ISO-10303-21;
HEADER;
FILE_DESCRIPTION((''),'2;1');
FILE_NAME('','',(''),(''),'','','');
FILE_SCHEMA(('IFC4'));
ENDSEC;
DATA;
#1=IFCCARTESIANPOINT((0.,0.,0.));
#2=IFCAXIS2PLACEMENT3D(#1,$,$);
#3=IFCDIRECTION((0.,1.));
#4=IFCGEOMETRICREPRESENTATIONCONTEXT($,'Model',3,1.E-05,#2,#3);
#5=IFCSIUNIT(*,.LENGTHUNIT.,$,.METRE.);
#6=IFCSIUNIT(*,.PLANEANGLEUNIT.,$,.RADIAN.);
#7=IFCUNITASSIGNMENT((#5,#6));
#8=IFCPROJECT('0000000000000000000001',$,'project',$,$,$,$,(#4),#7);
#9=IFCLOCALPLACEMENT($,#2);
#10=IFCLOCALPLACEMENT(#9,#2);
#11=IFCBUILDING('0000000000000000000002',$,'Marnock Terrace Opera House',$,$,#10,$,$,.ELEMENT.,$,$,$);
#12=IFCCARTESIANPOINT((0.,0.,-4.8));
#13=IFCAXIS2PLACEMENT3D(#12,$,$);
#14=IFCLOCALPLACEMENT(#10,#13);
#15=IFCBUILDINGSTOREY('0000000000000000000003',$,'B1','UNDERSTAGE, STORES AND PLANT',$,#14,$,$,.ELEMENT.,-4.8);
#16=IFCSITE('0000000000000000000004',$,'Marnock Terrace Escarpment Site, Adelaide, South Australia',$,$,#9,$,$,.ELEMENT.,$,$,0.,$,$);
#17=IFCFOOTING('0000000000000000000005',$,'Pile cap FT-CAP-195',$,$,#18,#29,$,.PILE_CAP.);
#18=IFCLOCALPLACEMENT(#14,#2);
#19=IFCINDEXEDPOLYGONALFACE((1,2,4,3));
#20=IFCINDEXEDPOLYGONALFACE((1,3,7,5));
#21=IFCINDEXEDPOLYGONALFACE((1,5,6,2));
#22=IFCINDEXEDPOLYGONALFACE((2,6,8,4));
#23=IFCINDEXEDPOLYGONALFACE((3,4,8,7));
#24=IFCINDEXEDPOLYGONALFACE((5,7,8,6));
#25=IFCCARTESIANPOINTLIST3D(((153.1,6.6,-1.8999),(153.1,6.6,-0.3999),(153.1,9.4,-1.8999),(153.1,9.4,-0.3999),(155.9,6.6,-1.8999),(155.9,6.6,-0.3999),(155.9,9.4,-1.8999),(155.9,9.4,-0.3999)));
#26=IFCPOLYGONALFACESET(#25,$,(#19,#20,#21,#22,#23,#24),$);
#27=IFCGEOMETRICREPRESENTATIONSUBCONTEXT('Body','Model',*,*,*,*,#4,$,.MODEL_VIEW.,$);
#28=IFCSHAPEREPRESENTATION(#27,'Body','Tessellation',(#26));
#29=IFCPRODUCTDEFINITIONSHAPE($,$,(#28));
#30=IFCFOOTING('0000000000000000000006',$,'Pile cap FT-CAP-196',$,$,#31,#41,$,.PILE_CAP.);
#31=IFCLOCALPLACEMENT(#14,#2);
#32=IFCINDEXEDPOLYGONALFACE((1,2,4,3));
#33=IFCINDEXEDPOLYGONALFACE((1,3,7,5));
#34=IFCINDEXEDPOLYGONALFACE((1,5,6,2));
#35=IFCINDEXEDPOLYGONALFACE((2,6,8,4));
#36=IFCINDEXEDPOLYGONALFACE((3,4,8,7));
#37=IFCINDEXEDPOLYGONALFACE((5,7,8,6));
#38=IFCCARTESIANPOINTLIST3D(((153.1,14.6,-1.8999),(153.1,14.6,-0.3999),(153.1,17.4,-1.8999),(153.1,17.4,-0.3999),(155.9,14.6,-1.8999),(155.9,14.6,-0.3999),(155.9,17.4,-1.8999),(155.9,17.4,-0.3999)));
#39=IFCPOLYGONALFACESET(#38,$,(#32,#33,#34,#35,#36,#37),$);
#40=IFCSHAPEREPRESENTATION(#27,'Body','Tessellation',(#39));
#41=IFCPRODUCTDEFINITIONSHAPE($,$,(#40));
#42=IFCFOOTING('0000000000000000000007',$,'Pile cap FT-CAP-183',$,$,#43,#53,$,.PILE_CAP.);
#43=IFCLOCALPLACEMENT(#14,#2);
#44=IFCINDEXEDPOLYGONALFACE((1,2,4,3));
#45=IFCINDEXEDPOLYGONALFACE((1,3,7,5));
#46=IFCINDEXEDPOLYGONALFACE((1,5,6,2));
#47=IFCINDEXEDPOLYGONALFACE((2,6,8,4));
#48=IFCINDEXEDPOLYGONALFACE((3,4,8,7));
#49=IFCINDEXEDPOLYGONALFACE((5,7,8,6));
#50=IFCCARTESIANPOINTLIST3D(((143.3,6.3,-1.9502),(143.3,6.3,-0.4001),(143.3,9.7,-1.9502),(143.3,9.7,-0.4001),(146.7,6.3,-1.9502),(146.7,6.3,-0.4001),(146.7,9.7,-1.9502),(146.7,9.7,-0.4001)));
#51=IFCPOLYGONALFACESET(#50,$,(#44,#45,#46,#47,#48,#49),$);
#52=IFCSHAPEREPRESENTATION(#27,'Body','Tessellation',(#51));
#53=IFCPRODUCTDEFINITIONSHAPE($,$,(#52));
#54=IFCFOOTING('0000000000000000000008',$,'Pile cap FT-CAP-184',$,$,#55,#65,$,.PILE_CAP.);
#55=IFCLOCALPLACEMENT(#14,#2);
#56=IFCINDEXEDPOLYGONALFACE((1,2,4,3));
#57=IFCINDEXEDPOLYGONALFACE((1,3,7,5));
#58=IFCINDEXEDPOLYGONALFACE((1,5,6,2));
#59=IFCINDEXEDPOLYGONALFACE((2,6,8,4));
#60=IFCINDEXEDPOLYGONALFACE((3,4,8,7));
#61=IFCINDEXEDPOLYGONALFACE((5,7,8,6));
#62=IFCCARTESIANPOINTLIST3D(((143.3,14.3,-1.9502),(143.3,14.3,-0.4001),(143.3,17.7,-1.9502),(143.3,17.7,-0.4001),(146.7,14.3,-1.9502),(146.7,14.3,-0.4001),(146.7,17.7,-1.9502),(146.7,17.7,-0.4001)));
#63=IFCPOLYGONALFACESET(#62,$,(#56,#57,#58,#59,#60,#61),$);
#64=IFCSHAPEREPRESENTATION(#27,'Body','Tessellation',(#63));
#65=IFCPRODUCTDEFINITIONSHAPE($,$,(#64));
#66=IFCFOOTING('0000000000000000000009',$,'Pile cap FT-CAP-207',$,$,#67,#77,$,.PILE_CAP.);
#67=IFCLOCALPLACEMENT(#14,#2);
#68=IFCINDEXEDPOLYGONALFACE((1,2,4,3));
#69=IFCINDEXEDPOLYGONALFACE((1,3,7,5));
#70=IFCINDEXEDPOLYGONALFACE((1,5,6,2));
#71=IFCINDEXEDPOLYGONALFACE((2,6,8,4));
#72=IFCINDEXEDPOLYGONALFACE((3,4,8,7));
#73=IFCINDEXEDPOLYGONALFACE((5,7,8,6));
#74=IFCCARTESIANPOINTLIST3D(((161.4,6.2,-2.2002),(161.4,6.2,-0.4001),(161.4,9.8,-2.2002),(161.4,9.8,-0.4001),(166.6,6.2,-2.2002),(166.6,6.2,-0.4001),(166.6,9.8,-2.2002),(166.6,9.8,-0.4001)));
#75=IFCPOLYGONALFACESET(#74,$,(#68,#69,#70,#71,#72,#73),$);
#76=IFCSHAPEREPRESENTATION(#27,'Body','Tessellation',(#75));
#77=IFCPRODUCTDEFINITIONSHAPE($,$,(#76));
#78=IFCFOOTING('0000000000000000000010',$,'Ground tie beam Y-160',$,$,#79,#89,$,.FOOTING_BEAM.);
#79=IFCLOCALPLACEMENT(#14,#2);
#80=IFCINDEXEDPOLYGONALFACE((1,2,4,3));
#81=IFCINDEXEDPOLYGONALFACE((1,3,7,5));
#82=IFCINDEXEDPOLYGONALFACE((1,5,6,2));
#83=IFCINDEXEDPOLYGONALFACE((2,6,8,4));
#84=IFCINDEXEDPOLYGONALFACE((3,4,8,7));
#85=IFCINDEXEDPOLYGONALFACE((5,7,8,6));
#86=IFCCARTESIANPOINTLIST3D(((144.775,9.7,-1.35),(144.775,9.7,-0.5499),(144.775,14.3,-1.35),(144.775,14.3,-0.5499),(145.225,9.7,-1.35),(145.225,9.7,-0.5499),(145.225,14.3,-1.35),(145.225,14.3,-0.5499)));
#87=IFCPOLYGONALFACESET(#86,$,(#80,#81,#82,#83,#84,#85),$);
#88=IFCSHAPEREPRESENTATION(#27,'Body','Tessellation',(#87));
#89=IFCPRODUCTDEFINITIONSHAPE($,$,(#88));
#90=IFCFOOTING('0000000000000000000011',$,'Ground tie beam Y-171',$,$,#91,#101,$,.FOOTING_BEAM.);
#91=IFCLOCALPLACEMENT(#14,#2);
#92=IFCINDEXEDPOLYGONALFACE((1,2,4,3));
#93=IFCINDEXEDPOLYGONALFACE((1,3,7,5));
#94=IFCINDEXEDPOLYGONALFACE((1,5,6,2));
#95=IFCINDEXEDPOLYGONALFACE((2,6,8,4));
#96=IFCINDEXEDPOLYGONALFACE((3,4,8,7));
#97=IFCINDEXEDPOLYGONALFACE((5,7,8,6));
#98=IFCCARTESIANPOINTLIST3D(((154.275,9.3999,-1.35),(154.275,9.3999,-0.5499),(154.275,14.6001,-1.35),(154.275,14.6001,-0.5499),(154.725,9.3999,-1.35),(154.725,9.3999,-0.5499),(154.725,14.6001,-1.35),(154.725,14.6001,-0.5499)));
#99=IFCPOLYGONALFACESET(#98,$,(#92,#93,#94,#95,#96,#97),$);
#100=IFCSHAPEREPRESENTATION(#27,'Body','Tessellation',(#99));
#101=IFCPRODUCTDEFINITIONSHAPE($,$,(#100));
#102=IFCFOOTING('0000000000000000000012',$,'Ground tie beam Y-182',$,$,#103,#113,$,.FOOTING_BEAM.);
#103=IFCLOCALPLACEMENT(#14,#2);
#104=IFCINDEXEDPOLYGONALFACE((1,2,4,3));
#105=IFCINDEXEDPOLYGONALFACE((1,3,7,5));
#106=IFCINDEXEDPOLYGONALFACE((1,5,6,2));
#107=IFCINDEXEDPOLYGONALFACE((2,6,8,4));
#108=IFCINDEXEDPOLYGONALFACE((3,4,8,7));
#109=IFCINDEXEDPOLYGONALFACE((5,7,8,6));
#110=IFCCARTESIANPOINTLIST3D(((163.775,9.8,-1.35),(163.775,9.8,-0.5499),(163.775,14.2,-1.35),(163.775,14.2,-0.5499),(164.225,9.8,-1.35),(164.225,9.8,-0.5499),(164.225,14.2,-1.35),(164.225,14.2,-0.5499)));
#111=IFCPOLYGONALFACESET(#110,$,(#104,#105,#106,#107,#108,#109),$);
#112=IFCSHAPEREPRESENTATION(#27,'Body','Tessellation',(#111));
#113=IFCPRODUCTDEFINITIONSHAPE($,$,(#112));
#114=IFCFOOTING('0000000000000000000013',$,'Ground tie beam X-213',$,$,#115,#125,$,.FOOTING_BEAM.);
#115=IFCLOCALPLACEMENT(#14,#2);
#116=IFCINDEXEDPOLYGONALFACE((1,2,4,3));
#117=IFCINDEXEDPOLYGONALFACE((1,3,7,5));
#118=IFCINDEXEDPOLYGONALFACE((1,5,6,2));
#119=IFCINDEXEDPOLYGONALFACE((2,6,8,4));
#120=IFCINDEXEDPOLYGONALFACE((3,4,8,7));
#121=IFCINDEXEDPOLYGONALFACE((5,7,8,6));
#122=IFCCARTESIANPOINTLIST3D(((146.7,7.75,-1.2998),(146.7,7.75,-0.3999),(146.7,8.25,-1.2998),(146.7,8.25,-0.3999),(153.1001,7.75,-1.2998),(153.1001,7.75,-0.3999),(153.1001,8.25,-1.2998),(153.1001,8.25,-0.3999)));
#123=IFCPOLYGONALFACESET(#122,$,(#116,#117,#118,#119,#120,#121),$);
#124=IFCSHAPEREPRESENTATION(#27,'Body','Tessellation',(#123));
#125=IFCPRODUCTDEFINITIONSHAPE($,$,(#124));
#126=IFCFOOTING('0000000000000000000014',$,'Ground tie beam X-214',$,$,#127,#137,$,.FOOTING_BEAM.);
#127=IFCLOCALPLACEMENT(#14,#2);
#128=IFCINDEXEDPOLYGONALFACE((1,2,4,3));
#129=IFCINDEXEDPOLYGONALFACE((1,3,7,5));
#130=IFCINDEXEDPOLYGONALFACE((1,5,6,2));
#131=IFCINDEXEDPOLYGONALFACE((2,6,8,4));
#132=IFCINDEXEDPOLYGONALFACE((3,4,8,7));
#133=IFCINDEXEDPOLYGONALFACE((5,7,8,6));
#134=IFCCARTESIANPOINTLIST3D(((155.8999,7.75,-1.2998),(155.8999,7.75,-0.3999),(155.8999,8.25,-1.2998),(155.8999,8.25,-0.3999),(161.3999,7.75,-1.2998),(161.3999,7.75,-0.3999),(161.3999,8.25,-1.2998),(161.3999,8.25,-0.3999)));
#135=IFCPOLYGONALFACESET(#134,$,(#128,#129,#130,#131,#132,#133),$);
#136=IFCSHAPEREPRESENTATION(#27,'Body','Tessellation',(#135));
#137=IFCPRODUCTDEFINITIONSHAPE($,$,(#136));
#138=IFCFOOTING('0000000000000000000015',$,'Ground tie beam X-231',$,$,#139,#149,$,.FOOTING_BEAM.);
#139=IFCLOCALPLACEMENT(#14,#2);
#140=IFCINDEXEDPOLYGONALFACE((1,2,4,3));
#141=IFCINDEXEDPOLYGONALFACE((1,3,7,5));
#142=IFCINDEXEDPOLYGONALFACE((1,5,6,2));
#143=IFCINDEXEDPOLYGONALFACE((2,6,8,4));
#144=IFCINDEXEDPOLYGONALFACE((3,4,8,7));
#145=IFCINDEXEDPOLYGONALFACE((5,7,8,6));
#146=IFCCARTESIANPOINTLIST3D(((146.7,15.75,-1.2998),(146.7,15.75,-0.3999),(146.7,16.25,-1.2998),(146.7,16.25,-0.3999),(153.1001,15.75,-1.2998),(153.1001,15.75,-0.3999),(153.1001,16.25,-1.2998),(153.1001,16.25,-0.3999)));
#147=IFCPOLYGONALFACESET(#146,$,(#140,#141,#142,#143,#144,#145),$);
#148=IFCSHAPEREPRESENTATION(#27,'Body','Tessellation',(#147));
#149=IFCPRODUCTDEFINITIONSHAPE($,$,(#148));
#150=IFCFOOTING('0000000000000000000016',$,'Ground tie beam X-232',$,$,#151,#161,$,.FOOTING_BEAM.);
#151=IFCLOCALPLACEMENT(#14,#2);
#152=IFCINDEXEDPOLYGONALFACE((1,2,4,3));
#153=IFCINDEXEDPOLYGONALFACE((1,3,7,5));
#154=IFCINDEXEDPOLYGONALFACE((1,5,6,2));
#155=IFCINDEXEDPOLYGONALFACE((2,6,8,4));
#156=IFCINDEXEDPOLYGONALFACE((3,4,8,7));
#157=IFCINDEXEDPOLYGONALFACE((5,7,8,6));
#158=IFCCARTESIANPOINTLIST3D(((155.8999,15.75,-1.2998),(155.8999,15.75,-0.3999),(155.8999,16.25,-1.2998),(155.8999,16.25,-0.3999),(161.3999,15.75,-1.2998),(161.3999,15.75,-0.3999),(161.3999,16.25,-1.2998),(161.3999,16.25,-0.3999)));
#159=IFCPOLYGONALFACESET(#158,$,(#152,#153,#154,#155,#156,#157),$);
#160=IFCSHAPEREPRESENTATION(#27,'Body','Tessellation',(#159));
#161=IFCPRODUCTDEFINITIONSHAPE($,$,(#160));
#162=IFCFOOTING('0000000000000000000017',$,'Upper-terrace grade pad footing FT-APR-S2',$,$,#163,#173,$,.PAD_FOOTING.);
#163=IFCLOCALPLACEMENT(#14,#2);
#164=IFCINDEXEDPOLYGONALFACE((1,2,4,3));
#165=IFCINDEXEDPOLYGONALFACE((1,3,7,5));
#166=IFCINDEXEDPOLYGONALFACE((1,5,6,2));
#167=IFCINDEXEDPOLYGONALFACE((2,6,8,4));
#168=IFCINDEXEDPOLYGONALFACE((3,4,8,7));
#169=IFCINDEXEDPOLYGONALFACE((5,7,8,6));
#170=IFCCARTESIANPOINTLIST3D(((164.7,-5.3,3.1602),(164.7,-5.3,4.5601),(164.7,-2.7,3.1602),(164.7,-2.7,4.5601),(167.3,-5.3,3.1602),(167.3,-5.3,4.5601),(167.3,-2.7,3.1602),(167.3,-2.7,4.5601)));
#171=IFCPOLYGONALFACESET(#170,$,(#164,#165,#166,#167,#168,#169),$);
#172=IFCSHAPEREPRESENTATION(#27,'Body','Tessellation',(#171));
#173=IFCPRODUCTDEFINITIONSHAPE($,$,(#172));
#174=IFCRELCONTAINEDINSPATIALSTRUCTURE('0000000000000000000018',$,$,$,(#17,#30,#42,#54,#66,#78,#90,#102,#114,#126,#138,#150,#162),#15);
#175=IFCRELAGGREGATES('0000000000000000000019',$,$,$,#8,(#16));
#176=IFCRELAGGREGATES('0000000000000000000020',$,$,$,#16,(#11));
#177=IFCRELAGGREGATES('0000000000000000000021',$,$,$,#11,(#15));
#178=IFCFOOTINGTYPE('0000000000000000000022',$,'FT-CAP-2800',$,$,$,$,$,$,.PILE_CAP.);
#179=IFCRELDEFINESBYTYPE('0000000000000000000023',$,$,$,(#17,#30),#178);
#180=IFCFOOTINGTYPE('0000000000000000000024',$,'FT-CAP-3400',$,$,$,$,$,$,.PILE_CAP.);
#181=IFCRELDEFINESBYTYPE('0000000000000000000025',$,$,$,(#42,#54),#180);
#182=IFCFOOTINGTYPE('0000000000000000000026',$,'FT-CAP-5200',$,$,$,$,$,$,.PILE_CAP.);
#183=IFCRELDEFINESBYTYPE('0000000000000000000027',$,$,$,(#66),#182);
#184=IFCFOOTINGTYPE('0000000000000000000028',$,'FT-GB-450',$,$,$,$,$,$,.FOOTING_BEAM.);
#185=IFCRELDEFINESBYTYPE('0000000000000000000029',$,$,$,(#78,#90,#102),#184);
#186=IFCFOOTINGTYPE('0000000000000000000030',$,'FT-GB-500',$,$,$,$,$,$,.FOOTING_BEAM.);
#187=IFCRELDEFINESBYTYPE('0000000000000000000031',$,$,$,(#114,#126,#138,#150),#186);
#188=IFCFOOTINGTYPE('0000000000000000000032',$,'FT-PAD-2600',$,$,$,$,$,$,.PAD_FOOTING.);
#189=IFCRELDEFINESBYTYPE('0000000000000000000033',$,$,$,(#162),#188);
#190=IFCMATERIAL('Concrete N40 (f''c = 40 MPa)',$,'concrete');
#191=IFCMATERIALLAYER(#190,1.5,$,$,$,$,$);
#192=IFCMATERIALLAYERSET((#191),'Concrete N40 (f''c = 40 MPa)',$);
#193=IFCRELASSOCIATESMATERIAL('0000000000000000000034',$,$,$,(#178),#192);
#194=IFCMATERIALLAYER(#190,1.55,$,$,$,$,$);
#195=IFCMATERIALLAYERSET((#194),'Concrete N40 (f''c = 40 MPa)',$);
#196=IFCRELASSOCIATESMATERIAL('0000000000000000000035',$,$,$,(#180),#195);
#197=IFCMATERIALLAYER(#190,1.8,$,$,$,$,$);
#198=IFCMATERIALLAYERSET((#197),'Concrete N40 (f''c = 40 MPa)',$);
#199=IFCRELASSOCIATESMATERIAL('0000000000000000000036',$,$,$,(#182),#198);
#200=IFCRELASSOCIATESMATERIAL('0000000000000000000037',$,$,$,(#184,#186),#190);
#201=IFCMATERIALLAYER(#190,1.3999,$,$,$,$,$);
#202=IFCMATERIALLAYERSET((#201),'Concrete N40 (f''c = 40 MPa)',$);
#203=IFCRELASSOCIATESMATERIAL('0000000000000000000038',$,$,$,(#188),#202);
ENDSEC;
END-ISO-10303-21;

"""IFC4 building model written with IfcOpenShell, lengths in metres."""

from ifc_helpers import new_model, si_unit, direction, frame, origin, origin_2d, place, context, subcontext, project, spatial, rectangle, extrude, material, layer, layer_set, material_profile, profile_set, type_object, element, save


model = new_model("IFC4")

# Units and contexts
model_context = context("Model", 3, precision=1e-05, world=origin(), true_north=direction((0.0, 1.0)))
body_context = subcontext(model_context, "Body", "Model", "MODEL_VIEW")
ifc_project = project(units=[si_unit("LENGTHUNIT", "METRE"), si_unit("PLANEANGLEUNIT", "RADIAN")], contexts=[model_context])

# Site, building, storey
site_placement = place(None, origin())
site = spatial("IfcSite", under=ifc_project, at=site_placement, Name="Marnock Terrace Escarpment Site, Adelaide, South Australia", CompositionType="ELEMENT", RefElevation=0.0)
building_placement = place(site_placement, origin())
building = spatial("IfcBuilding", under=site, at=building_placement, Name="Marnock Terrace Opera House", CompositionType="ELEMENT")
storey_placement = place(building_placement, frame((0.0, 0.0, -4.8)))
storey = spatial("IfcBuildingStorey", under=building, at=storey_placement, Name="B1", Description="UNDERSTAGE, STORES AND PLANT", CompositionType="ELEMENT", Elevation=-4.8)

# Footings
ifc_material_1 = material(Name="Concrete N40 (f'c = 40 MPa)", Category="concrete")
ifc_layer_1 = layer(ifc_material_1, 1.5)
ifc_layer_set_1 = layer_set([ifc_layer_1], Name="Concrete N40 (f'c = 40 MPa)")
footing_type_1 = type_object("IfcFootingType", Name="FT-CAP-2800", PredefinedType="PILE_CAP", material=ifc_layer_set_1)
for number, where, z_axis, x_axis, name in (
    (1, (154.5, 8.0, -1.8999), (0.0, 0.0, 1.0), (1.0, 0.0, 0.0), "Pile cap FT-CAP-195"),
    (2, (154.5, 16.0, -1.8999), (0.0, 0.0, 1.0), (1.0, 0.0, 0.0), "Pile cap FT-CAP-196"),
):
    element("IfcFooting", number, at=place(storey_placement, frame(where, z_axis=z_axis, x_axis=x_axis)), inside=storey, type_object=footing_type_1, Name=name, PredefinedType="PILE_CAP", context=body_context, shape_type="SweptSolid", body=[
        extrude(rectangle(XDim=2.8, YDim=2.8, at=origin_2d()), origin(), (0.0, 0.0, 1.0), 1.5),
    ])
ifc_layer_2 = layer(ifc_material_1, 1.55)
ifc_layer_set_2 = layer_set([ifc_layer_2], Name="Concrete N40 (f'c = 40 MPa)")
footing_type_2 = type_object("IfcFootingType", Name="FT-CAP-3400", PredefinedType="PILE_CAP", material=ifc_layer_set_2)
for number, where, z_axis, x_axis, name in (
    (3, (145.0, 8.0, -1.9502), (0.0, 0.0, 1.0), (1.0, 0.0, 0.0), "Pile cap FT-CAP-183"),
    (4, (145.0, 16.0, -1.9502), (0.0, 0.0, 1.0), (1.0, 0.0, 0.0), "Pile cap FT-CAP-184"),
):
    element("IfcFooting", number, at=place(storey_placement, frame(where, z_axis=z_axis, x_axis=x_axis)), inside=storey, type_object=footing_type_2, Name=name, PredefinedType="PILE_CAP", context=body_context, shape_type="SweptSolid", body=[
        extrude(rectangle(XDim=3.3999, YDim=3.3999, at=origin_2d()), origin(), (0.0, 0.0, 1.0), 1.55),
    ])
ifc_layer_3 = layer(ifc_material_1, 1.8)
ifc_layer_set_3 = layer_set([ifc_layer_3], Name="Concrete N40 (f'c = 40 MPa)")
footing_type_3 = type_object("IfcFootingType", Name="FT-CAP-5200", PredefinedType="PILE_CAP", material=ifc_layer_set_3)
footing_1_placement = place(storey_placement, frame((164.0, 8.0, -2.2002), z_axis=(0.0, 0.0, 1.0), x_axis=(1.0, 0.0, 0.0)))
element("IfcFooting", 5, at=footing_1_placement, inside=storey, type_object=footing_type_3, Name="Pile cap FT-CAP-207", PredefinedType="PILE_CAP", context=body_context, shape_type="SweptSolid", body=[
    extrude(rectangle(XDim=5.2, YDim=3.6001, at=origin_2d()), origin(), (0.0, 0.0, 1.0), 1.8),
])
ifc_material_profile_1 = material_profile(ifc_material_1, rectangle(XDim=0.45, YDim=0.8, at=origin_2d()))
ifc_profile_set_1 = profile_set([ifc_material_profile_1], Name="Concrete N40 (f'c = 40 MPa)")
footing_type_4 = type_object("IfcFootingType", Name="FT-GB-450", PredefinedType="FOOTING_BEAM", material=ifc_profile_set_1)
footing_2_placement = place(storey_placement, frame((145.0, 9.7, -0.95), z_axis=(0.0, 1.0, 0.0), x_axis=(-1.0, 0.0, 0.0)))
element("IfcFooting", 6, at=footing_2_placement, inside=storey, type_object=footing_type_4, Name="Ground tie beam Y-160", PredefinedType="FOOTING_BEAM", context=body_context, shape_type="SweptSolid", body=[
    extrude(rectangle(XDim=0.45, YDim=0.8, at=origin_2d()), origin(), (0.0, 0.0, 1.0), 4.6001),
])
footing_3_placement = place(storey_placement, frame((154.5, 9.3999, -0.95), z_axis=(0.0, 1.0, 0.0), x_axis=(-1.0, 0.0, 0.0)))
element("IfcFooting", 7, at=footing_3_placement, inside=storey, type_object=footing_type_4, Name="Ground tie beam Y-171", PredefinedType="FOOTING_BEAM", context=body_context, shape_type="SweptSolid", body=[
    extrude(rectangle(XDim=0.45, YDim=0.8, at=origin_2d()), origin(), (0.0, 0.0, 1.0), 5.2002),
])
footing_4_placement = place(storey_placement, frame((164.0, 9.8, -0.95), z_axis=(0.0, 1.0, 0.0), x_axis=(-1.0, 0.0, 0.0)))
element("IfcFooting", 8, at=footing_4_placement, inside=storey, type_object=footing_type_4, Name="Ground tie beam Y-182", PredefinedType="FOOTING_BEAM", context=body_context, shape_type="SweptSolid", body=[
    extrude(rectangle(XDim=0.45, YDim=0.8, at=origin_2d()), origin(), (0.0, 0.0, 1.0), 4.3999),
])
ifc_material_profile_2 = material_profile(ifc_material_1, rectangle(XDim=0.5, YDim=0.8999, at=origin_2d()))
ifc_profile_set_2 = profile_set([ifc_material_profile_2], Name="Concrete N40 (f'c = 40 MPa)")
footing_type_5 = type_object("IfcFootingType", Name="FT-GB-500", PredefinedType="FOOTING_BEAM", material=ifc_profile_set_2)
footing_5_placement = place(storey_placement, frame((146.7, 8.0, -0.8499), z_axis=(1.0, 0.0, 0.0), x_axis=(0.0, 1.0, 0.0)))
element("IfcFooting", 9, at=footing_5_placement, inside=storey, type_object=footing_type_5, Name="Ground tie beam X-213", PredefinedType="FOOTING_BEAM", context=body_context, shape_type="SweptSolid", body=[
    extrude(rectangle(XDim=0.5, YDim=0.8999, at=origin_2d()), origin(), (0.0, 0.0, 1.0), 6.4001),
])
footing_6_placement = place(storey_placement, frame((155.8999, 8.0, -0.8499), z_axis=(1.0, 0.0, 0.0), x_axis=(0.0, 1.0, 0.0)))
element("IfcFooting", 10, at=footing_6_placement, inside=storey, type_object=footing_type_5, Name="Ground tie beam X-214", PredefinedType="FOOTING_BEAM", context=body_context, shape_type="SweptSolid", body=[
    extrude(rectangle(XDim=0.5, YDim=0.8999, at=origin_2d()), origin(), (0.0, 0.0, 1.0), 5.5),
])
footing_7_placement = place(storey_placement, frame((146.7, 16.0, -0.8499), z_axis=(1.0, 0.0, 0.0), x_axis=(0.0, 1.0, 0.0)))
element("IfcFooting", 11, at=footing_7_placement, inside=storey, type_object=footing_type_5, Name="Ground tie beam X-231", PredefinedType="FOOTING_BEAM", context=body_context, shape_type="SweptSolid", body=[
    extrude(rectangle(XDim=0.5, YDim=0.8999, at=origin_2d()), origin(), (0.0, 0.0, 1.0), 6.4001),
])
footing_8_placement = place(storey_placement, frame((155.8999, 16.0, -0.8499), z_axis=(1.0, 0.0, 0.0), x_axis=(0.0, 1.0, 0.0)))
element("IfcFooting", 12, at=footing_8_placement, inside=storey, type_object=footing_type_5, Name="Ground tie beam X-232", PredefinedType="FOOTING_BEAM", context=body_context, shape_type="SweptSolid", body=[
    extrude(rectangle(XDim=0.5, YDim=0.8999, at=origin_2d()), origin(), (0.0, 0.0, 1.0), 5.5),
])
ifc_layer_4 = layer(ifc_material_1, 1.3999)
ifc_layer_set_4 = layer_set([ifc_layer_4], Name="Concrete N40 (f'c = 40 MPa)")
footing_type_6 = type_object("IfcFootingType", Name="FT-PAD-2600", PredefinedType="PAD_FOOTING", material=ifc_layer_set_4)
footing_9_placement = place(storey_placement, frame((166.0, -4.0, 3.1602), z_axis=(0.0, 0.0, 1.0), x_axis=(1.0, 0.0, 0.0)))
element("IfcFooting", 13, at=footing_9_placement, inside=storey, type_object=footing_type_6, Name="Upper-terrace grade pad footing FT-APR-S2", PredefinedType="PAD_FOOTING", context=body_context, shape_type="SweptSolid", body=[
    extrude(rectangle(XDim=2.6001, YDim=2.6001, at=origin_2d()), origin(), (0.0, 0.0, 1.0), 1.3999),
])

save(model, "model.ifc")
